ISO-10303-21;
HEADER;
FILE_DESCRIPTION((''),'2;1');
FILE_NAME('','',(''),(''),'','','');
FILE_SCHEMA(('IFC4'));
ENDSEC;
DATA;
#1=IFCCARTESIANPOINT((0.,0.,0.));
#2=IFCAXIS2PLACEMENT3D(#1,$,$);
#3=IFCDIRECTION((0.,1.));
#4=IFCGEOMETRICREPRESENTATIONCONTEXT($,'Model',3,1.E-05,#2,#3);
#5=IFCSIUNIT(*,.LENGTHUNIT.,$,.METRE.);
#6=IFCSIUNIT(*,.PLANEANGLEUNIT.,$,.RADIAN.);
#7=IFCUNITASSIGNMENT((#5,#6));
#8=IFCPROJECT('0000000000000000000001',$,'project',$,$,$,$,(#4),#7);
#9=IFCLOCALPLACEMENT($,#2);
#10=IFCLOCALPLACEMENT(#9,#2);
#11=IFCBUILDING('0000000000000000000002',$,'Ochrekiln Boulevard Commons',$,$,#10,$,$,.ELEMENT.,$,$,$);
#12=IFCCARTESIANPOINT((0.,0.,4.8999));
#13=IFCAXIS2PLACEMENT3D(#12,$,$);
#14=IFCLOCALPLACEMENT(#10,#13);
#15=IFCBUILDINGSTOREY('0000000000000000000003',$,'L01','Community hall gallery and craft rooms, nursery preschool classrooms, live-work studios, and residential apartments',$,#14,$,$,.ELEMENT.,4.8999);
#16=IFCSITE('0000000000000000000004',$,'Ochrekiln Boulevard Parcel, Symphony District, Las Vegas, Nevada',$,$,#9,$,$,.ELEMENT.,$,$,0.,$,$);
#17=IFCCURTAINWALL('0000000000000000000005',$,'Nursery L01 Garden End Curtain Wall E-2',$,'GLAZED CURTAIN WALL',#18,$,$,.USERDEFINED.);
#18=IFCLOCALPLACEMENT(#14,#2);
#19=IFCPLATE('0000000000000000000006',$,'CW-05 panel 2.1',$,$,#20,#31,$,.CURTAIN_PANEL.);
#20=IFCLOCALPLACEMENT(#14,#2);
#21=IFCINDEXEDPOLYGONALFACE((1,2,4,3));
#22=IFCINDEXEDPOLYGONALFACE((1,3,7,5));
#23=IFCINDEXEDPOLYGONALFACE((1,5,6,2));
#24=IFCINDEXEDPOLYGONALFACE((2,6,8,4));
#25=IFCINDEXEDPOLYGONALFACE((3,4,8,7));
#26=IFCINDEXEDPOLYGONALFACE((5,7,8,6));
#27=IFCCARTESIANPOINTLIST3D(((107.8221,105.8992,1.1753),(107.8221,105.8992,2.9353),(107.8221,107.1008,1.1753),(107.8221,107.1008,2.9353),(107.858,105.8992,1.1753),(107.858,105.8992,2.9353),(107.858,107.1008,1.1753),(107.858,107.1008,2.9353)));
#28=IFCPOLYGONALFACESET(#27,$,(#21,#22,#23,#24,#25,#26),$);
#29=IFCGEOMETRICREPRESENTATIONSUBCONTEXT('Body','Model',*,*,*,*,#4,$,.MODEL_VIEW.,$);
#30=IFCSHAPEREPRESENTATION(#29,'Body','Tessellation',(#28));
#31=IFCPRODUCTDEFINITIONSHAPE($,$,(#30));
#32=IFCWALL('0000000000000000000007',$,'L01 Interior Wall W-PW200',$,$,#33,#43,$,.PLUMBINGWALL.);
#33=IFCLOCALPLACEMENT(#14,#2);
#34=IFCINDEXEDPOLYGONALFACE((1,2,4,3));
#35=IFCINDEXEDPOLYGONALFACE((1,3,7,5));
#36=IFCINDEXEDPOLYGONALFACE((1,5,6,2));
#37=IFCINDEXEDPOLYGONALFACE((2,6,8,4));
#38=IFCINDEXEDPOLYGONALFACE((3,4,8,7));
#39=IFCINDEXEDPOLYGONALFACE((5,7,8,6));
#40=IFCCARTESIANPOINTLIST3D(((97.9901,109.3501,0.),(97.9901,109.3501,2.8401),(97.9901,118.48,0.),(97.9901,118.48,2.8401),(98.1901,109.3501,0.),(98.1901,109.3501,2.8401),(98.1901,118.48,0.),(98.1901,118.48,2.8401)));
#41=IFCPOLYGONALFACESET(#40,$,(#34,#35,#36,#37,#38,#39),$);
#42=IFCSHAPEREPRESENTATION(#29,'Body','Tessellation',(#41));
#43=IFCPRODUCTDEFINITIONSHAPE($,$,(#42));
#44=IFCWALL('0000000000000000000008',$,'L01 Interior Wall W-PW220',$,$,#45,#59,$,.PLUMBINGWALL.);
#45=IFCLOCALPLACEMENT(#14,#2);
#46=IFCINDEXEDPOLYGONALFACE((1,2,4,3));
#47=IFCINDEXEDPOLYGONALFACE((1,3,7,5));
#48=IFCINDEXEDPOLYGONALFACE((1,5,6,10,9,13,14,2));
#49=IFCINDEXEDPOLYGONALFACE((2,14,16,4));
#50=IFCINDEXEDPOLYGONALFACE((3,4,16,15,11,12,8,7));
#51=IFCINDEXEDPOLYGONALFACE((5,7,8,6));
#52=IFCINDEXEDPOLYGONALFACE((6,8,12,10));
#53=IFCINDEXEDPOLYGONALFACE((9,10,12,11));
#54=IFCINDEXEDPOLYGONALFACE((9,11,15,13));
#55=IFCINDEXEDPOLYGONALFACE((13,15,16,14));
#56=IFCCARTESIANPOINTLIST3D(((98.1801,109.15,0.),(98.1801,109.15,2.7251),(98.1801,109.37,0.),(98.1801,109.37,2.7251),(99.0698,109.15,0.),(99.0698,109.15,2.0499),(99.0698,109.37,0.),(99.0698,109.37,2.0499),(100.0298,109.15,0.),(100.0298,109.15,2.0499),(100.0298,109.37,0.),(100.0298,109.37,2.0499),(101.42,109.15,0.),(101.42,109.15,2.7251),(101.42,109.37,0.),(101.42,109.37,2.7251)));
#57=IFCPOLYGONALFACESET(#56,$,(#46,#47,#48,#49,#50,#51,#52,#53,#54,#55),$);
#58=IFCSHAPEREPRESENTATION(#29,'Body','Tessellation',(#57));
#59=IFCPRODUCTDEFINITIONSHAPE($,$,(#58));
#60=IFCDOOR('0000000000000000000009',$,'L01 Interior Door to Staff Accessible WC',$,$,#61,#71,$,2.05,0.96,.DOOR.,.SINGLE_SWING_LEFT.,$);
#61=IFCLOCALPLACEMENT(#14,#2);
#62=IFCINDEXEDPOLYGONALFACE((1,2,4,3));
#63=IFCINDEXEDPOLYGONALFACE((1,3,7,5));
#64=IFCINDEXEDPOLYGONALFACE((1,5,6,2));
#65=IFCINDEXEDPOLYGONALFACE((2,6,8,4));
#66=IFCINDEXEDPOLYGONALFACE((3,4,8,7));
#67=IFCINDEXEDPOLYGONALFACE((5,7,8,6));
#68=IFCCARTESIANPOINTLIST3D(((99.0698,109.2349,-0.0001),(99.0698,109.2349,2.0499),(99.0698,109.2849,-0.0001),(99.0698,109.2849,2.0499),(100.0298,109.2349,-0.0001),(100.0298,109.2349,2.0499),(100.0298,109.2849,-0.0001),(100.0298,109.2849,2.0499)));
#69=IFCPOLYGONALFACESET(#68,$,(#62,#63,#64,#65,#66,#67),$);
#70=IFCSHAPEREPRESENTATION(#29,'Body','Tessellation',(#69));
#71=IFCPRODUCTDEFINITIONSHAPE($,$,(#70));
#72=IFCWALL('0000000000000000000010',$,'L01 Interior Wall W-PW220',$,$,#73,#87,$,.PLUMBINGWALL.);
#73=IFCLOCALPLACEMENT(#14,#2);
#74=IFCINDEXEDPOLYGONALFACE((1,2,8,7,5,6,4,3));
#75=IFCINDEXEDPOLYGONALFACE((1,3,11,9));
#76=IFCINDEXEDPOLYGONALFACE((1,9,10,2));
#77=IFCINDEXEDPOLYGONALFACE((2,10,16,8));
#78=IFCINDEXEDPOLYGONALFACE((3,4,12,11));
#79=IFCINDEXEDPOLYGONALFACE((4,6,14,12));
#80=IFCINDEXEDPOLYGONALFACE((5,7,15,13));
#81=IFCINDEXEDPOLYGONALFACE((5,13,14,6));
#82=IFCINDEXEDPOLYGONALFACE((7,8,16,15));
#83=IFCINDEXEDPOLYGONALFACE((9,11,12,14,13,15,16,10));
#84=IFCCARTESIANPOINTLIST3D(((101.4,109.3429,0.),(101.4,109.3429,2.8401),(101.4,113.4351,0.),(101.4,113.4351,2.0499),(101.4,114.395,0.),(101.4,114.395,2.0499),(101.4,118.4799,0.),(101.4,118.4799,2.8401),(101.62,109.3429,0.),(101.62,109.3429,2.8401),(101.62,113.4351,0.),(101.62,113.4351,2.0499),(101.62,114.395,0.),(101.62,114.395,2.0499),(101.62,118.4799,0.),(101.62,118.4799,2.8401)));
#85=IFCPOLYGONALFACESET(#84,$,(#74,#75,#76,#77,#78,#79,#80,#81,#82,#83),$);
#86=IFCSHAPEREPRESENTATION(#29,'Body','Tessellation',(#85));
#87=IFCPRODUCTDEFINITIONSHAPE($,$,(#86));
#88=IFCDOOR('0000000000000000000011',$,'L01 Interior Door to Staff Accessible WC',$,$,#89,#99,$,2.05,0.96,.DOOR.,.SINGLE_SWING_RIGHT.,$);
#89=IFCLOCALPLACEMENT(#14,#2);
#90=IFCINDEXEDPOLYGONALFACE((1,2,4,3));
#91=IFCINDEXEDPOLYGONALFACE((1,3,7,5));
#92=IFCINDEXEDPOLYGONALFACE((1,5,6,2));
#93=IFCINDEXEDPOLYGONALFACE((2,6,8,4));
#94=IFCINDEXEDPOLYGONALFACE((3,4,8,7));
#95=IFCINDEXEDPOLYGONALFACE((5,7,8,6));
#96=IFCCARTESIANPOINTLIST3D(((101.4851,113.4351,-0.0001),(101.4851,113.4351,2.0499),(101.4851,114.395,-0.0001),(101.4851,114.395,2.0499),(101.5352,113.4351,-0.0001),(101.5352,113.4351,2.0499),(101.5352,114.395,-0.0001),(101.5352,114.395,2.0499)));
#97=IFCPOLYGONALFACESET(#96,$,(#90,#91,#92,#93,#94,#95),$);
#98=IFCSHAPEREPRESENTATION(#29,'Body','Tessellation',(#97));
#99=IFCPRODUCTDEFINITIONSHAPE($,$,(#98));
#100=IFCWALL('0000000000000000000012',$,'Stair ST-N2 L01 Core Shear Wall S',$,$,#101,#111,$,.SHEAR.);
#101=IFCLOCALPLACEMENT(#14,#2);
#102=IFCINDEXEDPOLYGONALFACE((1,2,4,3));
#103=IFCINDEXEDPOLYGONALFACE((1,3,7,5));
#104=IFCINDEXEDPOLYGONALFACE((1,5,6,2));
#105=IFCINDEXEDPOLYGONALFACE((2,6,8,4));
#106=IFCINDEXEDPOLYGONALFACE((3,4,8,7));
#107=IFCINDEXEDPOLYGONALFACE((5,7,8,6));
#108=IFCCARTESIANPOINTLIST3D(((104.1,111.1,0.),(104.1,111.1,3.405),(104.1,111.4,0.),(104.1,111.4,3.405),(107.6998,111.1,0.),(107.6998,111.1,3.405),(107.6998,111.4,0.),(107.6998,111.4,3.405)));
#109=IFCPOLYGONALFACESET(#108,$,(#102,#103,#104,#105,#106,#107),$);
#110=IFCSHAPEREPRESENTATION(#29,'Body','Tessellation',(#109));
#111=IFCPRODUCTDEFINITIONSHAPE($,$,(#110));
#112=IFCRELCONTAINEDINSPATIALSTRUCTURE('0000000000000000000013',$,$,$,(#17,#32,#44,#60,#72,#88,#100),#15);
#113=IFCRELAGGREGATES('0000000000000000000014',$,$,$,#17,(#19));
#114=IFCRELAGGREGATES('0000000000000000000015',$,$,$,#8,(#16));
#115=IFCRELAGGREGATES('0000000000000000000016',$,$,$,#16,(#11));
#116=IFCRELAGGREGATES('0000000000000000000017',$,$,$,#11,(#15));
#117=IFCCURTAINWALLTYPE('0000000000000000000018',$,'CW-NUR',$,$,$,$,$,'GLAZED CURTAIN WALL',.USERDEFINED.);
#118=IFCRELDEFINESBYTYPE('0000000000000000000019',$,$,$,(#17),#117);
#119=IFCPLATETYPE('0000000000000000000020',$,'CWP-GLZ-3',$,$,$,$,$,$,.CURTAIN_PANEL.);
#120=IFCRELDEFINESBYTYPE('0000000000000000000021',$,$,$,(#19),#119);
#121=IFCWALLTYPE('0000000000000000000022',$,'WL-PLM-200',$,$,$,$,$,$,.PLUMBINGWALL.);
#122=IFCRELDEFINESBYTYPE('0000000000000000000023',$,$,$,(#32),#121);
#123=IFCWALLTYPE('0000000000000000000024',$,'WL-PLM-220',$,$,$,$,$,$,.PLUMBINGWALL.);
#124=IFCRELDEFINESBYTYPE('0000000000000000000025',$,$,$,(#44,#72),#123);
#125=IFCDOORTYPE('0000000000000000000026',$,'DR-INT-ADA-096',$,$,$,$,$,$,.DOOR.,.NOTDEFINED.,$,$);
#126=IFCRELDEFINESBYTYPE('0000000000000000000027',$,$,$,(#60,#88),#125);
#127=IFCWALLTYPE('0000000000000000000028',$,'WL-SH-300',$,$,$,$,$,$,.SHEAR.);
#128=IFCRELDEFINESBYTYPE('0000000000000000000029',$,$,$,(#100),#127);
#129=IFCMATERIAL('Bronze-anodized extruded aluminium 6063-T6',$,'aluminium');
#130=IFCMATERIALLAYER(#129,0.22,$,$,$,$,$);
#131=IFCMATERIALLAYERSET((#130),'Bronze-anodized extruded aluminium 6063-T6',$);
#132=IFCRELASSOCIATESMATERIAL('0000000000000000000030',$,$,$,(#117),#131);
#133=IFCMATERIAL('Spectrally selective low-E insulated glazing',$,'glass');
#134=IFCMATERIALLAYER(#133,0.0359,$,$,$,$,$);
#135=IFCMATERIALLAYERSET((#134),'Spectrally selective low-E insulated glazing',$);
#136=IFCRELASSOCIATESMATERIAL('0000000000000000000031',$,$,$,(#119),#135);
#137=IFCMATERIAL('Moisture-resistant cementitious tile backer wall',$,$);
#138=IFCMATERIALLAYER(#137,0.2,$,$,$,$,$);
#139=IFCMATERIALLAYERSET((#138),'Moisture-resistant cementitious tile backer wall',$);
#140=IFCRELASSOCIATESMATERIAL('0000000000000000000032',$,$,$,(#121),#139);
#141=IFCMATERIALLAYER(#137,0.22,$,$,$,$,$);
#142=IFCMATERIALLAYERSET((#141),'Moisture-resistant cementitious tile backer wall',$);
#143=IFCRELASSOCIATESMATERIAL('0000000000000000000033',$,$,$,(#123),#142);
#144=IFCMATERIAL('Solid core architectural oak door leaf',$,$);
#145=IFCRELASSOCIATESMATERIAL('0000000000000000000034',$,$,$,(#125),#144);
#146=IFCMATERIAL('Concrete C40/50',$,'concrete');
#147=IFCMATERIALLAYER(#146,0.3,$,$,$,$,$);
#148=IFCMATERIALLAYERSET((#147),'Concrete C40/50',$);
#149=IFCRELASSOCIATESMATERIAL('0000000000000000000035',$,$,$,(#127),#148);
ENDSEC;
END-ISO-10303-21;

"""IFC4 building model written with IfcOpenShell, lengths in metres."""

from ifc_helpers import new_model, si_unit, direction, frame, frame_2d, origin, origin_2d, place, context, subcontext, project, spatial, rectangle, extrude, material, layer, layer_set, type_object, element, fill, aggregate, save


model = new_model("IFC4")

# Units and contexts
model_context = context("Model", 3, precision=1e-05, world=origin(), true_north=direction((0.0, 1.0)))
body_context = subcontext(model_context, "Body", "Model", "MODEL_VIEW")
ifc_project = project(units=[si_unit("LENGTHUNIT", "METRE"), si_unit("PLANEANGLEUNIT", "RADIAN")], contexts=[model_context])

# Site, building, storey
site_placement = place(None, origin())
site = spatial("IfcSite", under=ifc_project, at=site_placement, Name="Ochrekiln Boulevard Parcel, Symphony District, Las Vegas, Nevada", CompositionType="ELEMENT", RefElevation=0.0)
building_placement = place(site_placement, origin())
building = spatial("IfcBuilding", under=site, at=building_placement, Name="Ochrekiln Boulevard Commons", CompositionType="ELEMENT")
storey_placement = place(building_placement, frame((0.0, 0.0, 4.8999)))
storey = spatial("IfcBuildingStorey", under=building, at=storey_placement, Name="L01", Description="Community hall gallery and craft rooms, nursery preschool classrooms, live-work studios, and residential apartments", CompositionType="ELEMENT", Elevation=4.8999)

# Curtain wall
ifc_material_1 = material(Name="Bronze-anodized extruded aluminium 6063-T6", Category="aluminium")
ifc_layer_1 = layer(ifc_material_1, 0.22)
ifc_layer_set_1 = layer_set([ifc_layer_1], Name="Bronze-anodized extruded aluminium 6063-T6")
curtain_wall_type = type_object("IfcCurtainWallType", Name="CW-NUR", ElementType="GLAZED CURTAIN WALL", PredefinedType="USERDEFINED", material=ifc_layer_set_1)
curtain_wall_placement = place(storey_placement, origin())
curtain_wall = element("IfcCurtainWall", 1, at=curtain_wall_placement, inside=storey, type_object=curtain_wall_type, Name="Nursery L01 Garden End Curtain Wall E-2", ObjectType="GLAZED CURTAIN WALL", PredefinedType="USERDEFINED")

# Shared definitions
ifc_material_2 = material(Name="Concrete C40/50", Category="concrete")

# Plate
ifc_material_3 = material(Name="Spectrally selective low-E insulated glazing", Category="glass")
ifc_layer_2 = layer(ifc_material_3, 0.0359)
ifc_layer_set_2 = layer_set([ifc_layer_2], Name="Spectrally selective low-E insulated glazing")
plate_type = type_object("IfcPlateType", Name="CWP-GLZ-3", PredefinedType="CURTAIN_PANEL", material=ifc_layer_set_2)
plate_1_placement = place(storey_placement, frame((107.8401, 106.5, 1.1753), z_axis=(0.0, 0.0, 1.0), x_axis=(0.0, 1.0, 0.0)))
plate_1 = element("IfcPlate", 2, at=plate_1_placement, type_object=plate_type, Name="CW-05 panel 2.1", PredefinedType="CURTAIN_PANEL", context=body_context, shape_type="SweptSolid", body=[
    extrude(rectangle(XDim=1.2017, YDim=0.0359, at=origin_2d()), origin(), (0.0, 0.0, 1.0), 1.76),
])
aggregate(curtain_wall, [plate_1])

# Wall
ifc_material_4 = material(Name="Moisture-resistant cementitious tile backer wall")
ifc_layer_3 = layer(ifc_material_4, 0.2)
ifc_layer_set_3 = layer_set([ifc_layer_3], Name="Moisture-resistant cementitious tile backer wall")
wall_type_1 = type_object("IfcWallType", Name="WL-PLM-200", PredefinedType="PLUMBINGWALL", material=ifc_layer_set_3)
wall_1_placement = place(storey_placement, frame((98.0901, 109.3501, 0.0), z_axis=(0.0, 0.0, 1.0), x_axis=(0.0, 1.0, 0.0)))
element("IfcWall", 3, at=wall_1_placement, inside=storey, type_object=wall_type_1, Name="L01 Interior Wall W-PW200", PredefinedType="PLUMBINGWALL", context=body_context, shape_type="SweptSolid", body=[
    extrude(rectangle(XDim=9.1299, YDim=0.2, at=frame_2d((4.5649, 0.0))), origin(), (0.0, 0.0, 1.0), 2.8401),
])

# Walls, openings, doors
ifc_layer_4 = layer(ifc_material_4, 0.22)
ifc_layer_set_4 = layer_set([ifc_layer_4], Name="Moisture-resistant cementitious tile backer wall")
wall_type_2 = type_object("IfcWallType", Name="WL-PLM-220", PredefinedType="PLUMBINGWALL", material=ifc_layer_set_4)
wall_2_placement = place(storey_placement, frame((98.1799, 109.26, 0.0), z_axis=(0.0, 0.0, 1.0), x_axis=(1.0, 0.0, 0.0)))
wall_2 = element("IfcWall", 4, at=wall_2_placement, inside=storey, type_object=wall_type_2, Name="L01 Interior Wall W-PW220", PredefinedType="PLUMBINGWALL", context=body_context, shape_type="SweptSolid", body=[
    extrude(rectangle(XDim=3.24, YDim=0.22, at=frame_2d((1.6201, 0.0))), origin(), (0.0, 0.0, 1.0), 2.7251),
])
opening_1_placement = place(wall_2_placement, frame((0.8899, 0.0, 0.0)))
opening_1 = element("IfcOpeningElement", 5, at=opening_1_placement, cuts=wall_2, PredefinedType="OPENING", context=body_context, shape_type="SweptSolid", body=[
    extrude(rectangle(XDim=0.96, YDim=2.05, at=frame_2d((0.48, 1.0249))), frame((0.0, 0.1199, 0.0), z_axis=(0.0, -1.0, 0.0), x_axis=(1.0, 0.0, 0.0)), (0.0, 0.0, 1.0), 0.24),
])
ifc_material_5 = material(Name="Solid core architectural oak door leaf")
door_type_1 = type_object("IfcDoorType", Name="DR-INT-ADA-096", OperationType="NOTDEFINED", PredefinedType="DOOR", material=ifc_material_5)
door_1_placement = place(opening_1_placement, origin())
door_1 = element("IfcDoor", 6, at=door_1_placement, inside=storey, type_object=door_type_1, Name="L01 Interior Door to Staff Accessible WC", OperationType="SINGLE_SWING_LEFT", OverallHeight=2.05, OverallWidth=0.96, PredefinedType="DOOR", context=body_context, shape_type="SweptSolid", body=[
    extrude(rectangle(XDim=0.96, YDim=2.05, at=frame_2d((0.48, 1.0249))), frame((0.0, 0.0249, 0.0), z_axis=(0.0, -1.0, 0.0), x_axis=(1.0, 0.0, 0.0)), (0.0, 0.0, 1.0), 0.05),
])
fill(opening_1, door_1)
wall_3_placement = place(storey_placement, frame((101.51, 109.343, 0.0), z_axis=(0.0, 0.0, 1.0), x_axis=(0.0, 1.0, 0.0)))
wall_3 = element("IfcWall", 7, at=wall_3_placement, inside=storey, type_object=wall_type_2, Name="L01 Interior Wall W-PW220", PredefinedType="PLUMBINGWALL", context=body_context, shape_type="SweptSolid", body=[
    extrude(rectangle(XDim=9.137, YDim=0.22, at=frame_2d((4.5684, 0.0))), origin(), (0.0, 0.0, 1.0), 2.8401),
])
opening_2_placement = place(wall_3_placement, frame((4.092, 0.0, 0.0)))
opening_2 = element("IfcOpeningElement", 8, at=opening_2_placement, cuts=wall_3, PredefinedType="OPENING", context=body_context, shape_type="SweptSolid", body=[
    extrude(rectangle(XDim=0.96, YDim=2.05, at=frame_2d((0.48, 1.0249))), frame((0.0, 0.1199, 0.0), z_axis=(0.0, -1.0, 0.0), x_axis=(1.0, 0.0, 0.0)), (0.0, 0.0, 1.0), 0.24),
])
door_2_placement = place(opening_2_placement, origin())
door_2 = element("IfcDoor", 9, at=door_2_placement, inside=storey, type_object=door_type_1, Name="L01 Interior Door to Staff Accessible WC", OperationType="SINGLE_SWING_RIGHT", OverallHeight=2.05, OverallWidth=0.96, PredefinedType="DOOR", context=body_context, shape_type="SweptSolid", body=[
    extrude(rectangle(XDim=0.96, YDim=2.05, at=frame_2d((0.48, 1.0249))), frame((0.0, 0.0249, 0.0), z_axis=(0.0, -1.0, 0.0), x_axis=(1.0, 0.0, 0.0)), (0.0, 0.0, 1.0), 0.05),
])
fill(opening_2, door_2)

# Wall
ifc_layer_5 = layer(ifc_material_2, 0.3)
ifc_layer_set_5 = layer_set([ifc_layer_5], Name="Concrete C40/50")
wall_type_3 = type_object("IfcWallType", Name="WL-SH-300", PredefinedType="SHEAR", material=ifc_layer_set_5)
wall_4_placement = place(storey_placement, frame((104.1001, 111.25, 0.0), z_axis=(0.0, 0.0, 1.0), x_axis=(1.0, 0.0, 0.0)))
element("IfcWall", 10, at=wall_4_placement, inside=storey, type_object=wall_type_3, Name="Stair ST-N2 L01 Core Shear Wall S", PredefinedType="SHEAR", context=body_context, shape_type="SweptSolid", body=[
    extrude(rectangle(XDim=3.5999, YDim=0.3, at=frame_2d((1.7998, 0.0))), origin(), (0.0, 0.0, 1.0), 3.405),
])

save(model, "model.ifc")
